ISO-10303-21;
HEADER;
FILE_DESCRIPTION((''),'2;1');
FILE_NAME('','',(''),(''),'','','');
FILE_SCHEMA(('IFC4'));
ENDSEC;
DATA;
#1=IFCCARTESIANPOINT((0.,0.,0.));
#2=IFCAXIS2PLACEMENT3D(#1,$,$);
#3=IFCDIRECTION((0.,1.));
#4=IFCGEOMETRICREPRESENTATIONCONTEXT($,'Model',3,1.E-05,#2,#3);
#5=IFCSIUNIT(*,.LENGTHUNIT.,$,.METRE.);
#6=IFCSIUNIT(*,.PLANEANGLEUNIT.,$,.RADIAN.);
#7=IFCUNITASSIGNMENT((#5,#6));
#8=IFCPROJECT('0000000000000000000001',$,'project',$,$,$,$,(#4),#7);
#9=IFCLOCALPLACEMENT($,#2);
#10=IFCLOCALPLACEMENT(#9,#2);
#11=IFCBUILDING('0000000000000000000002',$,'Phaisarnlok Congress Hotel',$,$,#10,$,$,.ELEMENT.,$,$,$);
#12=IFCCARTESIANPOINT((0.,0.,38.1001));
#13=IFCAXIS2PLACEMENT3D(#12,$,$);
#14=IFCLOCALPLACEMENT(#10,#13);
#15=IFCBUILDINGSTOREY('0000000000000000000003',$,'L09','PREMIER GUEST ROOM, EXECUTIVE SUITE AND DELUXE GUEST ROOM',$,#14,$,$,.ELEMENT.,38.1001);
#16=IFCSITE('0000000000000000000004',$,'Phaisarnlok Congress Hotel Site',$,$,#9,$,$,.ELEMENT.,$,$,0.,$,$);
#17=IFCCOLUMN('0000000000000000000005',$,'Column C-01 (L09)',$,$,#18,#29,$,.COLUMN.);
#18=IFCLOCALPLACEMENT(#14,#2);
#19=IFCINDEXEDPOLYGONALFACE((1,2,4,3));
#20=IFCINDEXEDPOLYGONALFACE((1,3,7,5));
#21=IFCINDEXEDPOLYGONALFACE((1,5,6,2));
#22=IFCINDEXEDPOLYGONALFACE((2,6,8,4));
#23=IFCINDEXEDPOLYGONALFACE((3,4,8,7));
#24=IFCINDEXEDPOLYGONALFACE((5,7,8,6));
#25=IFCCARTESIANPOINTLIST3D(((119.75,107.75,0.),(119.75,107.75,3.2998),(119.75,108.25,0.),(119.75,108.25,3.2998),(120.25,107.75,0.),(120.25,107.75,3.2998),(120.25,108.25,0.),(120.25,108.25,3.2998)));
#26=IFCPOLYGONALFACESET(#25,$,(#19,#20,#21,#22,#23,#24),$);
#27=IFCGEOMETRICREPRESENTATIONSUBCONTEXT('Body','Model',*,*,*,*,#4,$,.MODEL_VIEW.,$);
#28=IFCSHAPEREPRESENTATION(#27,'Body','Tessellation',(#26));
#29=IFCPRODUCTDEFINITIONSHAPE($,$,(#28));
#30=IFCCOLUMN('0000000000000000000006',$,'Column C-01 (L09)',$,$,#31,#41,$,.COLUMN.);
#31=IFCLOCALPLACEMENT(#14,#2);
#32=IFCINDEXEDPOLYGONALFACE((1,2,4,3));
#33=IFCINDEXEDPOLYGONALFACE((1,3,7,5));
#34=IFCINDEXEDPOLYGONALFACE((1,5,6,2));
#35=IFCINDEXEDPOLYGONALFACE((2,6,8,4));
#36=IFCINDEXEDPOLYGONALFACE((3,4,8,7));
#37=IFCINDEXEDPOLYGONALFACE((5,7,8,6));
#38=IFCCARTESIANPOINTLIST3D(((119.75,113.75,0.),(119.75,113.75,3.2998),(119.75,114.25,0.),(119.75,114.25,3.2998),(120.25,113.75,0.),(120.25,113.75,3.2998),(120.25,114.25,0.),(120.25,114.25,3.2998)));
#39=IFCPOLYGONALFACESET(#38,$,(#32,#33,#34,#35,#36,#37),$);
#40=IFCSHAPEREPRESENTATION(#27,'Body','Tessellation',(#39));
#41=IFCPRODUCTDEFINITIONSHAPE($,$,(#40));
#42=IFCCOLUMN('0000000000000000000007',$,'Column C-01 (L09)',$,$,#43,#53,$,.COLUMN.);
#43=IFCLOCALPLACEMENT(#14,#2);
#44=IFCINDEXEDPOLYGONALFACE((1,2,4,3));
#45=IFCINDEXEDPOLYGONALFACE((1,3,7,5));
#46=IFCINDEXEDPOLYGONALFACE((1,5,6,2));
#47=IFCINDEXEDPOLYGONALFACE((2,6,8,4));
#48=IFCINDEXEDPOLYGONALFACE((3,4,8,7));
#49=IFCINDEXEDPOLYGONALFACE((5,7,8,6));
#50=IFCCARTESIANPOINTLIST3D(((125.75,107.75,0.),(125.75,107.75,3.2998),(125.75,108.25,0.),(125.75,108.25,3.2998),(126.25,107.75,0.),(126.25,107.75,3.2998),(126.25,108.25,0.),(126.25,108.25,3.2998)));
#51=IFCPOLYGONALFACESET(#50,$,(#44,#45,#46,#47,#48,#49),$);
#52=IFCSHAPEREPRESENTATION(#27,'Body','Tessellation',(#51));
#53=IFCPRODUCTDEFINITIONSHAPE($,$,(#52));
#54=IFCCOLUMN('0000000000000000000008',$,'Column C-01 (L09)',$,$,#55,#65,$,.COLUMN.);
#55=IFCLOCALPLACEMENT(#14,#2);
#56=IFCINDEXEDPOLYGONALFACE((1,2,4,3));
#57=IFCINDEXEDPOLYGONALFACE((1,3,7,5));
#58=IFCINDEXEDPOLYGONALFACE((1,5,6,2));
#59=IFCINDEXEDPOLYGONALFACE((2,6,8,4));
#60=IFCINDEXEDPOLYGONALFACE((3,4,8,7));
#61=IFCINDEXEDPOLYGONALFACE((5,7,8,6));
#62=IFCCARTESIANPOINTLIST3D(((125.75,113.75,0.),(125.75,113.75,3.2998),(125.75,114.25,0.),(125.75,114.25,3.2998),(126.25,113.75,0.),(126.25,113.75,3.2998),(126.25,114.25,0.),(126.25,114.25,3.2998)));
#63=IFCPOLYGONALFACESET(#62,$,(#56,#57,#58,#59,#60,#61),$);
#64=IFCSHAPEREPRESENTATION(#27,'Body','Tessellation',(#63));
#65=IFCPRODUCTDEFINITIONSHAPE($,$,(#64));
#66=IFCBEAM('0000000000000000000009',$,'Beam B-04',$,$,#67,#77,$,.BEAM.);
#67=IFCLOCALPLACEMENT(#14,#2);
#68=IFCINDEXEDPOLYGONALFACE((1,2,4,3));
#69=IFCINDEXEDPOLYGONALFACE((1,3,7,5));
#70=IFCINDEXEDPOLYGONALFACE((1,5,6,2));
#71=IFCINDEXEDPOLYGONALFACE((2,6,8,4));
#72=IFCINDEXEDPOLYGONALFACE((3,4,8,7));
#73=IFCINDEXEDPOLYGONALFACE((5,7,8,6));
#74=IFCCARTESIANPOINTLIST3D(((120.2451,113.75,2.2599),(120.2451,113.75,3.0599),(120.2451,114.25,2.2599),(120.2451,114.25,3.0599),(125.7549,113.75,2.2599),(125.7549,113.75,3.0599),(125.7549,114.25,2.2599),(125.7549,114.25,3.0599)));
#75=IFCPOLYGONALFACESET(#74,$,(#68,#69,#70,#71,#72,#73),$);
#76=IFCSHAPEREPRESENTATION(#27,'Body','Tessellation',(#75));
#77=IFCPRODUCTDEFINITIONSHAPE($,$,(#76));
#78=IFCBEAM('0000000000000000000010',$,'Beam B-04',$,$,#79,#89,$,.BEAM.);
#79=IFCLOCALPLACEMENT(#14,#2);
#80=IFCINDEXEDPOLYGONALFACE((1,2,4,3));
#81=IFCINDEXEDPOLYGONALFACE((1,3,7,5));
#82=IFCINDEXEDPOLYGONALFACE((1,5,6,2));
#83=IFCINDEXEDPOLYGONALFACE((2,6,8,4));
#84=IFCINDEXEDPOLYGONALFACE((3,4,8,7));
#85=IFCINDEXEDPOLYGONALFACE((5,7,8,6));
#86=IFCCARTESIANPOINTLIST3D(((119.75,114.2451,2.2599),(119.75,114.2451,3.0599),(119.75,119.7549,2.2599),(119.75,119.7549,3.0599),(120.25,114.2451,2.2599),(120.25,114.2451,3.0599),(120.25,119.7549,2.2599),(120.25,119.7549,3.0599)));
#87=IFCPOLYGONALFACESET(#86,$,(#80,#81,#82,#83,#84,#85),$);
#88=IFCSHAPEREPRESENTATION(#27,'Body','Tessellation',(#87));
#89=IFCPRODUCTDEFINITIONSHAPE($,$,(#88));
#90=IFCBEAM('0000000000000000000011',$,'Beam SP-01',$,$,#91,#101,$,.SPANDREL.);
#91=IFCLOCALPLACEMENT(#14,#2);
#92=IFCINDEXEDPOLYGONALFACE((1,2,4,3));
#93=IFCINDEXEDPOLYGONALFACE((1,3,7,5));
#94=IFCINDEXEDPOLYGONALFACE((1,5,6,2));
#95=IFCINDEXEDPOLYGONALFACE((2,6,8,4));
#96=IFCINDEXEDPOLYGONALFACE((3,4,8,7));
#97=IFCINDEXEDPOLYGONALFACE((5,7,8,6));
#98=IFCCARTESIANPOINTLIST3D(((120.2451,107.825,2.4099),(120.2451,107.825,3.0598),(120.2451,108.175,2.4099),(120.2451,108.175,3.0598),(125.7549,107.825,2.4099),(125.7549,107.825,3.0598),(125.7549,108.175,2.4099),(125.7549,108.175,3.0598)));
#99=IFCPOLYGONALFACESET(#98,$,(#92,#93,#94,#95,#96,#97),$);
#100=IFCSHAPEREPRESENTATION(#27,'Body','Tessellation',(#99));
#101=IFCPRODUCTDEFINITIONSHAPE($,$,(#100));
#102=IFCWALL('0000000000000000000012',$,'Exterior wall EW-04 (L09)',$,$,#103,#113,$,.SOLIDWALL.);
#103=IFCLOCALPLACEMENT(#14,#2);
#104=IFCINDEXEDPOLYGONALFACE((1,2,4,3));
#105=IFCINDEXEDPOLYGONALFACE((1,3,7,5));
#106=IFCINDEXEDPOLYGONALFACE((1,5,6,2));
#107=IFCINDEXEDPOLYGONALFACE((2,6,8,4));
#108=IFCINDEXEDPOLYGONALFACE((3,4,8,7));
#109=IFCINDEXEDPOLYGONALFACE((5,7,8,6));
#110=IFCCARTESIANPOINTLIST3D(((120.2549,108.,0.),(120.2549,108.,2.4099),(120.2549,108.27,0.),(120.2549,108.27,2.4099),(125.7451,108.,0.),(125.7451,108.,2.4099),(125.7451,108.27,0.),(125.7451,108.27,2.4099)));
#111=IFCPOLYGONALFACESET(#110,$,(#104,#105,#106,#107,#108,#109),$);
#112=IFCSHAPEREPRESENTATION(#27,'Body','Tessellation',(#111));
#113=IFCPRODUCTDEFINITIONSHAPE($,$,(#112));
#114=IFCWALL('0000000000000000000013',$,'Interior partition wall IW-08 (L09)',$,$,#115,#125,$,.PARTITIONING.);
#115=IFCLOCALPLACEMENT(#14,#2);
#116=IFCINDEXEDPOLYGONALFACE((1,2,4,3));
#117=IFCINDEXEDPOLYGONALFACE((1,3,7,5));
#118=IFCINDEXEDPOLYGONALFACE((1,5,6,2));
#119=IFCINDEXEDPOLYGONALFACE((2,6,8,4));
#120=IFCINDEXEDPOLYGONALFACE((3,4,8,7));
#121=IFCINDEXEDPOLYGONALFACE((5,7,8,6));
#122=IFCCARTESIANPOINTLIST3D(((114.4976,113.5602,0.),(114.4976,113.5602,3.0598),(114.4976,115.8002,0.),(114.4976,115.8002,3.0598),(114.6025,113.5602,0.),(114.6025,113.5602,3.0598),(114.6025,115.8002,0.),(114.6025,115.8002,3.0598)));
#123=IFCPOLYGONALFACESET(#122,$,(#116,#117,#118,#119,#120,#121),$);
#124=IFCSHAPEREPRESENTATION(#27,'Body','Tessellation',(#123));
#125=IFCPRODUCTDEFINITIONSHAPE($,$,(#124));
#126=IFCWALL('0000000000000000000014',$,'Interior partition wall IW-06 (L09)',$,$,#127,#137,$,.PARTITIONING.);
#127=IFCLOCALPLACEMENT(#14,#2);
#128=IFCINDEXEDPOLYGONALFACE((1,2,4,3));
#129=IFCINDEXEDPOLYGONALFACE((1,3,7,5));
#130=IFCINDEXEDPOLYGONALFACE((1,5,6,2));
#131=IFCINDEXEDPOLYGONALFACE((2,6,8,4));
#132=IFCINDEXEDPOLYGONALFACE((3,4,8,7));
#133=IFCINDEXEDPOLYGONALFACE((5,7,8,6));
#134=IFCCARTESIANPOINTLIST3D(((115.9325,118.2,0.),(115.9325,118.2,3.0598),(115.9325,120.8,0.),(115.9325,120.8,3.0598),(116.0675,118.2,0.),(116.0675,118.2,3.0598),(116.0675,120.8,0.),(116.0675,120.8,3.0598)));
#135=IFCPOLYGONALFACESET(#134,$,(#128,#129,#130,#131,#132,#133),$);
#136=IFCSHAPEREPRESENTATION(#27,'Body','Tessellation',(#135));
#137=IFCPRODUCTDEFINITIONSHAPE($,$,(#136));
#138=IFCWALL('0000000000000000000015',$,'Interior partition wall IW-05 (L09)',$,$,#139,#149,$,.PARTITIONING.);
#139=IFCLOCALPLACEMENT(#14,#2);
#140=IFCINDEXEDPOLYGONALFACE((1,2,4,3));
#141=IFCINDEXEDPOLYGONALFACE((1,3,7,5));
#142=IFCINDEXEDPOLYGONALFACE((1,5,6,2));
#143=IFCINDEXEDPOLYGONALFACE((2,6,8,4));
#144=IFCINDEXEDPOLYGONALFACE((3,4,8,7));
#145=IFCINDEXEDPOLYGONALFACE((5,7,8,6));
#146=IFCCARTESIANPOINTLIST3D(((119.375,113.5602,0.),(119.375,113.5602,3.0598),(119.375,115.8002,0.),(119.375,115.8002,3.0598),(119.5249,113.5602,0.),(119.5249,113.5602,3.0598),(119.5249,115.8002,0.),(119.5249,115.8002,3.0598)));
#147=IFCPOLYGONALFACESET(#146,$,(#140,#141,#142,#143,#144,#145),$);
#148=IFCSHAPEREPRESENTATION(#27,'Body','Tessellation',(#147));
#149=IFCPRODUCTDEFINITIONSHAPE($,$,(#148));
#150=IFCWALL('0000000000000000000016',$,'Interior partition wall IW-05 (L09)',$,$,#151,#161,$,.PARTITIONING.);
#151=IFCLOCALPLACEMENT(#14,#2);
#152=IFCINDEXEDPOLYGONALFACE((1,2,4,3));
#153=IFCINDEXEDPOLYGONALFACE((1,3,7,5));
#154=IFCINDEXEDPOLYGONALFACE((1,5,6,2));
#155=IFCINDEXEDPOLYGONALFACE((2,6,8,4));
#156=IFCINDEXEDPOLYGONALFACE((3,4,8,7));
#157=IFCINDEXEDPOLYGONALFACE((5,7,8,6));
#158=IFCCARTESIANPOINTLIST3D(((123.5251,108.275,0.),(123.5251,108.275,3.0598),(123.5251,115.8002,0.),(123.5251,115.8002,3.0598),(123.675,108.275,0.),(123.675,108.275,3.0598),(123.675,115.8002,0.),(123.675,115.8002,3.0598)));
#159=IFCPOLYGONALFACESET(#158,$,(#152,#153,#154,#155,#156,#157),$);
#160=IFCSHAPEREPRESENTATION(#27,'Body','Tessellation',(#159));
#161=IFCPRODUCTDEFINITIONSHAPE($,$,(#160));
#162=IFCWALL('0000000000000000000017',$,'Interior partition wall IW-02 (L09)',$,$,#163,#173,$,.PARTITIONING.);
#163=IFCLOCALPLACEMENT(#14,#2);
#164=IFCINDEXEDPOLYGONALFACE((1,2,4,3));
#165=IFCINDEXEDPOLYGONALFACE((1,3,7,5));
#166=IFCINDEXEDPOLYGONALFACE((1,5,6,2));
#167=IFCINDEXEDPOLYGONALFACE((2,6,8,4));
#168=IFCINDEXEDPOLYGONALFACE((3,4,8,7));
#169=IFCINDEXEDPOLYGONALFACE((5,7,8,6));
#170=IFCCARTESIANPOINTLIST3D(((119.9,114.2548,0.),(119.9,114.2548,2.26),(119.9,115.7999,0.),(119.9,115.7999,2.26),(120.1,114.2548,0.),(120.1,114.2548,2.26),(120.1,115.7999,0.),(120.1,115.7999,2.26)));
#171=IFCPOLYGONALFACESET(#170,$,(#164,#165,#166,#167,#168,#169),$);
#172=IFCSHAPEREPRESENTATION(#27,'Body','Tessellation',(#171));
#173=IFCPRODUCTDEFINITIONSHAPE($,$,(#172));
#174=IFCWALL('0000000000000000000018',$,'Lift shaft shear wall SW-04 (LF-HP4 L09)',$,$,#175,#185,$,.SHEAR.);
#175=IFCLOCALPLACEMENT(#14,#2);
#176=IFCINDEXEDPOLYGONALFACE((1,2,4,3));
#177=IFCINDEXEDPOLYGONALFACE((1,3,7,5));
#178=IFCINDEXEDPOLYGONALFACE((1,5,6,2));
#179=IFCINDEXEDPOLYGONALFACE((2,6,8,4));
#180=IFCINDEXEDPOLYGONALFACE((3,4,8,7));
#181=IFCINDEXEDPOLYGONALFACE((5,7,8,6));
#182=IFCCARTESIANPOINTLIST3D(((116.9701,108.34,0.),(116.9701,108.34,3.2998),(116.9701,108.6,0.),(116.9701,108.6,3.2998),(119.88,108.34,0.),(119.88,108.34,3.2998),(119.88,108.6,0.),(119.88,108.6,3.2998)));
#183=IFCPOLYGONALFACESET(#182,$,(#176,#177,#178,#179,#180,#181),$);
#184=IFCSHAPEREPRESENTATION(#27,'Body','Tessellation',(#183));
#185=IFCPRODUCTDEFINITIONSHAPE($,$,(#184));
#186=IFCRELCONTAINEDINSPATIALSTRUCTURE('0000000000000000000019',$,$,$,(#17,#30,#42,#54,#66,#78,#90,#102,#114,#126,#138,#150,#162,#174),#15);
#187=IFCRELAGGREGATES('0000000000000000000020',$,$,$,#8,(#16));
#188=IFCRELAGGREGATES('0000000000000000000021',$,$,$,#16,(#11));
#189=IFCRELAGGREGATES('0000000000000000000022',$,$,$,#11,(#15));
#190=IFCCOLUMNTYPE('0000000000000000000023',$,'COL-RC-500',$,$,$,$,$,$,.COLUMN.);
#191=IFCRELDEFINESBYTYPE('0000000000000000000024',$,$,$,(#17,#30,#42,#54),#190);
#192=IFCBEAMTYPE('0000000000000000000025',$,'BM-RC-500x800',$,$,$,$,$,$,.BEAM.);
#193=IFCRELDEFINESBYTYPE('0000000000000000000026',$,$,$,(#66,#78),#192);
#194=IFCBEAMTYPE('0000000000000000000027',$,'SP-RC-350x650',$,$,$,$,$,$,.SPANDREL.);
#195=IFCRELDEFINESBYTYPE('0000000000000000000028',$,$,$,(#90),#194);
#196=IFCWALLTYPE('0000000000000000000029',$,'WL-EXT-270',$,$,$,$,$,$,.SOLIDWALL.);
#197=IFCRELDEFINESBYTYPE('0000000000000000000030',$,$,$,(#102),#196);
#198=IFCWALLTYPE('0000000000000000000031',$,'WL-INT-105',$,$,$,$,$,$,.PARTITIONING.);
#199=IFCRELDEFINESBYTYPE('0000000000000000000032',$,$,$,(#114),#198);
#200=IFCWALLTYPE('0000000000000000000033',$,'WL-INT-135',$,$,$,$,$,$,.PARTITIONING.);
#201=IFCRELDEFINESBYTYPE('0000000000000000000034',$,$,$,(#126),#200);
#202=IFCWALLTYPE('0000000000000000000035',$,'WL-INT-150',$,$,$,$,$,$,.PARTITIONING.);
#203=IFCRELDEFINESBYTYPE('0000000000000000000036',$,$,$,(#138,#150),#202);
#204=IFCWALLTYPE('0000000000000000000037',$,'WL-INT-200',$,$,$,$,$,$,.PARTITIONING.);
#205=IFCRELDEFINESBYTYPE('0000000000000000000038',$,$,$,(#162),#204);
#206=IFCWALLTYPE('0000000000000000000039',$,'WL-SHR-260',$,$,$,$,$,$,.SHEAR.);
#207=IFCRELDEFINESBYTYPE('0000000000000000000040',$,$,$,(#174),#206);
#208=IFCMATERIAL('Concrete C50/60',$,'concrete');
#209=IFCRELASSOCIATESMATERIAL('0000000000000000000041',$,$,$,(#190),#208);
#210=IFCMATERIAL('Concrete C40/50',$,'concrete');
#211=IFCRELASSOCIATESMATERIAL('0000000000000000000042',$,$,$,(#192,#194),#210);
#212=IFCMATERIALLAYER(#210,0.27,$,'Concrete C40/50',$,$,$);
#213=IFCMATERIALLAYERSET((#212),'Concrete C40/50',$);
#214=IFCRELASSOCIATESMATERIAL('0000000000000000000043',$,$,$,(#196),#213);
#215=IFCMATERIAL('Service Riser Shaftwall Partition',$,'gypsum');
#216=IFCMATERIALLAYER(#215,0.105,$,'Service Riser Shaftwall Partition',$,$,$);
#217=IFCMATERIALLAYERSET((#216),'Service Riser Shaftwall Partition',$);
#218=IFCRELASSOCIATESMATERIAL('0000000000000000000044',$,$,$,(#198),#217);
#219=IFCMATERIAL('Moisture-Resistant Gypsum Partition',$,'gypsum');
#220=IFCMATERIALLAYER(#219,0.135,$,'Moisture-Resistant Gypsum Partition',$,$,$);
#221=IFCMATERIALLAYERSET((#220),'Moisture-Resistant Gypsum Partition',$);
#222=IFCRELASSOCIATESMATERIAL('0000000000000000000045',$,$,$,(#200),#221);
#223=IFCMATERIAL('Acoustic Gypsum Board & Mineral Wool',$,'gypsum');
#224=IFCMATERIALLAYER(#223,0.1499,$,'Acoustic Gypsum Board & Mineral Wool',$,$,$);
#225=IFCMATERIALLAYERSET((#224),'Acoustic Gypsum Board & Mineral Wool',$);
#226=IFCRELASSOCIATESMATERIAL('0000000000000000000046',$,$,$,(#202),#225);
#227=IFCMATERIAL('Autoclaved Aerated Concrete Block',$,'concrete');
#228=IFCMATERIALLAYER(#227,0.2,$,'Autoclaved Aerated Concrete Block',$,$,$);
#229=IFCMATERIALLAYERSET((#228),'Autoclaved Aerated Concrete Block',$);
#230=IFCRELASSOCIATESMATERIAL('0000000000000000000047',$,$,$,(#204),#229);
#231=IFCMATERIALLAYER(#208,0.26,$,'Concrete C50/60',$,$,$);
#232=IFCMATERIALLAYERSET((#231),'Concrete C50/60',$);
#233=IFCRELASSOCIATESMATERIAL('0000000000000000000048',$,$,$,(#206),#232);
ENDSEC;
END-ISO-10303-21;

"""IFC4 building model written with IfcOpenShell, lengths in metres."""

from ifc_helpers import new_model, si_unit, direction, frame, frame_2d, origin, origin_2d, place, context, subcontext, project, spatial, rectangle, extrude, material, layer, layer_set, material_profile, profile_set, type_object, element, save


model = new_model("IFC4")

# Units and contexts
model_context = context("Model", 3, precision=1e-05, world=origin(), true_north=direction((0.0, 1.0)))
body_context = subcontext(model_context, "Body", "Model", "MODEL_VIEW")
ifc_project = project(units=[si_unit("LENGTHUNIT", "METRE"), si_unit("PLANEANGLEUNIT", "RADIAN")], contexts=[model_context])

# Site, building, storey
site_placement = place(None, origin())
site = spatial("IfcSite", under=ifc_project, at=site_placement, Name="Phaisarnlok Congress Hotel Site", CompositionType="ELEMENT", RefElevation=0.0)
building_placement = place(site_placement, origin())
building = spatial("IfcBuilding", under=site, at=building_placement, Name="Phaisarnlok Congress Hotel", CompositionType="ELEMENT")
storey_placement = place(building_placement, frame((0.0, 0.0, 38.1001)))
storey = spatial("IfcBuildingStorey", under=building, at=storey_placement, Name="L09", Description="PREMIER GUEST ROOM, EXECUTIVE SUITE AND DELUXE GUEST ROOM", CompositionType="ELEMENT", Elevation=38.1001)

# Columns
ifc_material_1 = material(Name="Concrete C50/60", Category="concrete")
ifc_material_profile_1 = material_profile(ifc_material_1, rectangle(XDim=0.5, YDim=0.5, at=origin_2d()), Name="RC 500x500")
ifc_profile_set_1 = profile_set([ifc_material_profile_1], Name="Concrete C50/60")
column_type = type_object("IfcColumnType", Name="COL-RC-500", PredefinedType="COLUMN", material=ifc_profile_set_1)
for number, where, z_axis, x_axis, name in (
    (1, (120.0, 108.0, 0.0), (0.0, 0.0, 1.0), (1.0, 0.0, 0.0), "Column C-01 (L09)"),
    (2, (120.0, 114.0, 0.0), (0.0, 0.0, 1.0), (1.0, 0.0, 0.0), "Column C-01 (L09)"),
    (3, (126.0, 108.0, 0.0), (0.0, 0.0, 1.0), (1.0, 0.0, 0.0), "Column C-01 (L09)"),
    (4, (126.0, 114.0, 0.0), (0.0, 0.0, 1.0), (1.0, 0.0, 0.0), "Column C-01 (L09)"),
):
    element("IfcColumn", number, at=place(storey_placement, frame(where, z_axis=z_axis, x_axis=x_axis)), inside=storey, type_object=column_type, Name=name, PredefinedType="COLUMN", context=body_context, shape_type="SweptSolid", body=[
        extrude(rectangle(XDim=0.5, YDim=0.5, at=origin_2d()), origin(), (0.0, 0.0, 1.0), 3.2998),
    ])

# Beams
ifc_material_2 = material(Name="Concrete C40/50", Category="concrete")
ifc_material_profile_2 = material_profile(ifc_material_2, rectangle(XDim=0.5, YDim=0.8, at=origin_2d()), Name="RC 500x800")
ifc_profile_set_2 = profile_set([ifc_material_profile_2], Name="Concrete C40/50")
beam_type_1 = type_object("IfcBeamType", Name="BM-RC-500x800", PredefinedType="BEAM", material=ifc_profile_set_2)
for number, where, z_axis, x_axis, name in (
    (5, (120.2451, 114.0, 2.6599), (1.0, 0.0, 0.0), (0.0, 1.0, 0.0), "Beam B-04"),
    (6, (120.0, 114.2451, 2.6599), (0.0, 1.0, 0.0), (-1.0, 0.0, 0.0), "Beam B-04"),
):
    element("IfcBeam", number, at=place(storey_placement, frame(where, z_axis=z_axis, x_axis=x_axis)), inside=storey, type_object=beam_type_1, Name=name, PredefinedType="BEAM", context=body_context, shape_type="SweptSolid", body=[
        extrude(rectangle(XDim=0.5, YDim=0.8, at=origin_2d()), origin(), (0.0, 0.0, 1.0), 5.5098),
    ])
ifc_material_profile_3 = material_profile(ifc_material_2, rectangle(XDim=0.3501, YDim=0.6499, at=origin_2d()), Name="RC 350x650")
ifc_profile_set_3 = profile_set([ifc_material_profile_3], Name="Concrete C40/50")
beam_type_2 = type_object("IfcBeamType", Name="SP-RC-350x650", PredefinedType="SPANDREL", material=ifc_profile_set_3)
beam_placement = place(storey_placement, frame((120.2451, 108.0, 2.7349), z_axis=(1.0, 0.0, 0.0), x_axis=(0.0, 1.0, 0.0)))
element("IfcBeam", 7, at=beam_placement, inside=storey, type_object=beam_type_2, Name="Beam SP-01", PredefinedType="SPANDREL", context=body_context, shape_type="SweptSolid", body=[
    extrude(rectangle(XDim=0.3501, YDim=0.6499, at=origin_2d()), origin(), (0.0, 0.0, 1.0), 5.5098),
])

# Walls
ifc_layer_1 = layer(ifc_material_2, 0.27, Name="Concrete C40/50")
ifc_layer_set_1 = layer_set([ifc_layer_1], Name="Concrete C40/50")
wall_type_1 = type_object("IfcWallType", Name="WL-EXT-270", PredefinedType="SOLIDWALL", material=ifc_layer_set_1)
wall_1_placement = place(storey_placement, frame((120.2549, 108.135, 0.0), z_axis=(0.0, 0.0, 1.0), x_axis=(1.0, 0.0, 0.0)))
element("IfcWall", 8, at=wall_1_placement, inside=storey, type_object=wall_type_1, Name="Exterior wall EW-04 (L09)", PredefinedType="SOLIDWALL", context=body_context, shape_type="SweptSolid", body=[
    extrude(rectangle(XDim=5.4902, YDim=0.27, at=frame_2d((2.7451, 0.0))), origin(), (0.0, 0.0, 1.0), 2.4099),
])
ifc_material_3 = material(Name="Service Riser Shaftwall Partition", Category="gypsum")
ifc_layer_2 = layer(ifc_material_3, 0.105, Name="Service Riser Shaftwall Partition")
ifc_layer_set_2 = layer_set([ifc_layer_2], Name="Service Riser Shaftwall Partition")
wall_type_2 = type_object("IfcWallType", Name="WL-INT-105", PredefinedType="PARTITIONING", material=ifc_layer_set_2)
wall_2_placement = place(storey_placement, frame((114.55, 113.5601, 0.0), z_axis=(0.0, 0.0, 1.0), x_axis=(0.0, 1.0, 0.0)))
element("IfcWall", 9, at=wall_2_placement, inside=storey, type_object=wall_type_2, Name="Interior partition wall IW-08 (L09)", PredefinedType="PARTITIONING", context=body_context, shape_type="SweptSolid", body=[
    extrude(rectangle(XDim=2.24, YDim=0.105, at=frame_2d((1.1201, 0.0))), origin(), (0.0, 0.0, 1.0), 3.0598),
])
ifc_material_4 = material(Name="Moisture-Resistant Gypsum Partition", Category="gypsum")
ifc_layer_3 = layer(ifc_material_4, 0.135, Name="Moisture-Resistant Gypsum Partition")
ifc_layer_set_3 = layer_set([ifc_layer_3], Name="Moisture-Resistant Gypsum Partition")
wall_type_3 = type_object("IfcWallType", Name="WL-INT-135", PredefinedType="PARTITIONING", material=ifc_layer_set_3)
wall_3_placement = place(storey_placement, frame((116.0, 118.2, 0.0), z_axis=(0.0, 0.0, 1.0), x_axis=(0.0, 1.0, 0.0)))
element("IfcWall", 10, at=wall_3_placement, inside=storey, type_object=wall_type_3, Name="Interior partition wall IW-06 (L09)", PredefinedType="PARTITIONING", context=body_context, shape_type="SweptSolid", body=[
    extrude(rectangle(XDim=2.6001, YDim=0.135, at=frame_2d((1.3, 0.0))), origin(), (0.0, 0.0, 1.0), 3.0598),
])
ifc_material_5 = material(Name="Acoustic Gypsum Board & Mineral Wool", Category="gypsum")
ifc_layer_4 = layer(ifc_material_5, 0.1499, Name="Acoustic Gypsum Board & Mineral Wool")
ifc_layer_set_4 = layer_set([ifc_layer_4], Name="Acoustic Gypsum Board & Mineral Wool")
wall_type_4 = type_object("IfcWallType", Name="WL-INT-150", PredefinedType="PARTITIONING", material=ifc_layer_set_4)
wall_4_placement = place(storey_placement, frame((119.45, 113.5601, 0.0), z_axis=(0.0, 0.0, 1.0), x_axis=(0.0, 1.0, 0.0)))
element("IfcWall", 11, at=wall_4_placement, inside=storey, type_object=wall_type_4, Name="Interior partition wall IW-05 (L09)", PredefinedType="PARTITIONING", context=body_context, shape_type="SweptSolid", body=[
    extrude(rectangle(XDim=2.24, YDim=0.1499, at=frame_2d((1.1201, 0.0))), origin(), (0.0, 0.0, 1.0), 3.0598),
])
wall_5_placement = place(storey_placement, frame((123.6001, 108.2749, 0.0), z_axis=(0.0, 0.0, 1.0), x_axis=(0.0, 1.0, 0.0)))
element("IfcWall", 12, at=wall_5_placement, inside=storey, type_object=wall_type_4, Name="Interior partition wall IW-05 (L09)", PredefinedType="PARTITIONING", context=body_context, shape_type="SweptSolid", body=[
    extrude(rectangle(XDim=7.5251, YDim=0.1499, at=frame_2d((3.7627, 0.0))), origin(), (0.0, 0.0, 1.0), 3.0598),
])
ifc_material_6 = material(Name="Autoclaved Aerated Concrete Block", Category="concrete")
ifc_layer_5 = layer(ifc_material_6, 0.2, Name="Autoclaved Aerated Concrete Block")
ifc_layer_set_5 = layer_set([ifc_layer_5], Name="Autoclaved Aerated Concrete Block")
wall_type_5 = type_object("IfcWallType", Name="WL-INT-200", PredefinedType="PARTITIONING", material=ifc_layer_set_5)
wall_6_placement = place(storey_placement, frame((120.0, 114.2549, 0.0), z_axis=(0.0, 0.0, 1.0), x_axis=(0.0, 1.0, 0.0)))
element("IfcWall", 13, at=wall_6_placement, inside=storey, type_object=wall_type_5, Name="Interior partition wall IW-02 (L09)", PredefinedType="PARTITIONING", context=body_context, shape_type="SweptSolid", body=[
    extrude(rectangle(XDim=1.5452, YDim=0.2, at=frame_2d((0.7725, 0.0))), origin(), (0.0, 0.0, 1.0), 2.26),
])
ifc_layer_6 = layer(ifc_material_1, 0.26, Name="Concrete C50/60")
ifc_layer_set_6 = layer_set([ifc_layer_6], Name="Concrete C50/60")
wall_type_6 = type_object("IfcWallType", Name="WL-SHR-260", PredefinedType="SHEAR", material=ifc_layer_set_6)
for number, where, z_axis, x_axis, name in (
    (14, (116.97, 108.47, 0.0), (0.0, 0.0, 1.0), (1.0, 0.0, 0.0), "Lift shaft shear wall SW-04 (LF-HP4 L09)"),
):
    element("IfcWall", number, at=place(storey_placement, frame(where, z_axis=z_axis, x_axis=x_axis)), inside=storey, type_object=wall_type_6, Name=name, PredefinedType="SHEAR", context=body_context, shape_type="SweptSolid", body=[
        extrude(rectangle(XDim=2.9099, YDim=0.26, at=frame_2d((1.4551, 0.0))), origin(), (0.0, 0.0, 1.0), 3.2998),
    ])

save(model, "model.ifc")
